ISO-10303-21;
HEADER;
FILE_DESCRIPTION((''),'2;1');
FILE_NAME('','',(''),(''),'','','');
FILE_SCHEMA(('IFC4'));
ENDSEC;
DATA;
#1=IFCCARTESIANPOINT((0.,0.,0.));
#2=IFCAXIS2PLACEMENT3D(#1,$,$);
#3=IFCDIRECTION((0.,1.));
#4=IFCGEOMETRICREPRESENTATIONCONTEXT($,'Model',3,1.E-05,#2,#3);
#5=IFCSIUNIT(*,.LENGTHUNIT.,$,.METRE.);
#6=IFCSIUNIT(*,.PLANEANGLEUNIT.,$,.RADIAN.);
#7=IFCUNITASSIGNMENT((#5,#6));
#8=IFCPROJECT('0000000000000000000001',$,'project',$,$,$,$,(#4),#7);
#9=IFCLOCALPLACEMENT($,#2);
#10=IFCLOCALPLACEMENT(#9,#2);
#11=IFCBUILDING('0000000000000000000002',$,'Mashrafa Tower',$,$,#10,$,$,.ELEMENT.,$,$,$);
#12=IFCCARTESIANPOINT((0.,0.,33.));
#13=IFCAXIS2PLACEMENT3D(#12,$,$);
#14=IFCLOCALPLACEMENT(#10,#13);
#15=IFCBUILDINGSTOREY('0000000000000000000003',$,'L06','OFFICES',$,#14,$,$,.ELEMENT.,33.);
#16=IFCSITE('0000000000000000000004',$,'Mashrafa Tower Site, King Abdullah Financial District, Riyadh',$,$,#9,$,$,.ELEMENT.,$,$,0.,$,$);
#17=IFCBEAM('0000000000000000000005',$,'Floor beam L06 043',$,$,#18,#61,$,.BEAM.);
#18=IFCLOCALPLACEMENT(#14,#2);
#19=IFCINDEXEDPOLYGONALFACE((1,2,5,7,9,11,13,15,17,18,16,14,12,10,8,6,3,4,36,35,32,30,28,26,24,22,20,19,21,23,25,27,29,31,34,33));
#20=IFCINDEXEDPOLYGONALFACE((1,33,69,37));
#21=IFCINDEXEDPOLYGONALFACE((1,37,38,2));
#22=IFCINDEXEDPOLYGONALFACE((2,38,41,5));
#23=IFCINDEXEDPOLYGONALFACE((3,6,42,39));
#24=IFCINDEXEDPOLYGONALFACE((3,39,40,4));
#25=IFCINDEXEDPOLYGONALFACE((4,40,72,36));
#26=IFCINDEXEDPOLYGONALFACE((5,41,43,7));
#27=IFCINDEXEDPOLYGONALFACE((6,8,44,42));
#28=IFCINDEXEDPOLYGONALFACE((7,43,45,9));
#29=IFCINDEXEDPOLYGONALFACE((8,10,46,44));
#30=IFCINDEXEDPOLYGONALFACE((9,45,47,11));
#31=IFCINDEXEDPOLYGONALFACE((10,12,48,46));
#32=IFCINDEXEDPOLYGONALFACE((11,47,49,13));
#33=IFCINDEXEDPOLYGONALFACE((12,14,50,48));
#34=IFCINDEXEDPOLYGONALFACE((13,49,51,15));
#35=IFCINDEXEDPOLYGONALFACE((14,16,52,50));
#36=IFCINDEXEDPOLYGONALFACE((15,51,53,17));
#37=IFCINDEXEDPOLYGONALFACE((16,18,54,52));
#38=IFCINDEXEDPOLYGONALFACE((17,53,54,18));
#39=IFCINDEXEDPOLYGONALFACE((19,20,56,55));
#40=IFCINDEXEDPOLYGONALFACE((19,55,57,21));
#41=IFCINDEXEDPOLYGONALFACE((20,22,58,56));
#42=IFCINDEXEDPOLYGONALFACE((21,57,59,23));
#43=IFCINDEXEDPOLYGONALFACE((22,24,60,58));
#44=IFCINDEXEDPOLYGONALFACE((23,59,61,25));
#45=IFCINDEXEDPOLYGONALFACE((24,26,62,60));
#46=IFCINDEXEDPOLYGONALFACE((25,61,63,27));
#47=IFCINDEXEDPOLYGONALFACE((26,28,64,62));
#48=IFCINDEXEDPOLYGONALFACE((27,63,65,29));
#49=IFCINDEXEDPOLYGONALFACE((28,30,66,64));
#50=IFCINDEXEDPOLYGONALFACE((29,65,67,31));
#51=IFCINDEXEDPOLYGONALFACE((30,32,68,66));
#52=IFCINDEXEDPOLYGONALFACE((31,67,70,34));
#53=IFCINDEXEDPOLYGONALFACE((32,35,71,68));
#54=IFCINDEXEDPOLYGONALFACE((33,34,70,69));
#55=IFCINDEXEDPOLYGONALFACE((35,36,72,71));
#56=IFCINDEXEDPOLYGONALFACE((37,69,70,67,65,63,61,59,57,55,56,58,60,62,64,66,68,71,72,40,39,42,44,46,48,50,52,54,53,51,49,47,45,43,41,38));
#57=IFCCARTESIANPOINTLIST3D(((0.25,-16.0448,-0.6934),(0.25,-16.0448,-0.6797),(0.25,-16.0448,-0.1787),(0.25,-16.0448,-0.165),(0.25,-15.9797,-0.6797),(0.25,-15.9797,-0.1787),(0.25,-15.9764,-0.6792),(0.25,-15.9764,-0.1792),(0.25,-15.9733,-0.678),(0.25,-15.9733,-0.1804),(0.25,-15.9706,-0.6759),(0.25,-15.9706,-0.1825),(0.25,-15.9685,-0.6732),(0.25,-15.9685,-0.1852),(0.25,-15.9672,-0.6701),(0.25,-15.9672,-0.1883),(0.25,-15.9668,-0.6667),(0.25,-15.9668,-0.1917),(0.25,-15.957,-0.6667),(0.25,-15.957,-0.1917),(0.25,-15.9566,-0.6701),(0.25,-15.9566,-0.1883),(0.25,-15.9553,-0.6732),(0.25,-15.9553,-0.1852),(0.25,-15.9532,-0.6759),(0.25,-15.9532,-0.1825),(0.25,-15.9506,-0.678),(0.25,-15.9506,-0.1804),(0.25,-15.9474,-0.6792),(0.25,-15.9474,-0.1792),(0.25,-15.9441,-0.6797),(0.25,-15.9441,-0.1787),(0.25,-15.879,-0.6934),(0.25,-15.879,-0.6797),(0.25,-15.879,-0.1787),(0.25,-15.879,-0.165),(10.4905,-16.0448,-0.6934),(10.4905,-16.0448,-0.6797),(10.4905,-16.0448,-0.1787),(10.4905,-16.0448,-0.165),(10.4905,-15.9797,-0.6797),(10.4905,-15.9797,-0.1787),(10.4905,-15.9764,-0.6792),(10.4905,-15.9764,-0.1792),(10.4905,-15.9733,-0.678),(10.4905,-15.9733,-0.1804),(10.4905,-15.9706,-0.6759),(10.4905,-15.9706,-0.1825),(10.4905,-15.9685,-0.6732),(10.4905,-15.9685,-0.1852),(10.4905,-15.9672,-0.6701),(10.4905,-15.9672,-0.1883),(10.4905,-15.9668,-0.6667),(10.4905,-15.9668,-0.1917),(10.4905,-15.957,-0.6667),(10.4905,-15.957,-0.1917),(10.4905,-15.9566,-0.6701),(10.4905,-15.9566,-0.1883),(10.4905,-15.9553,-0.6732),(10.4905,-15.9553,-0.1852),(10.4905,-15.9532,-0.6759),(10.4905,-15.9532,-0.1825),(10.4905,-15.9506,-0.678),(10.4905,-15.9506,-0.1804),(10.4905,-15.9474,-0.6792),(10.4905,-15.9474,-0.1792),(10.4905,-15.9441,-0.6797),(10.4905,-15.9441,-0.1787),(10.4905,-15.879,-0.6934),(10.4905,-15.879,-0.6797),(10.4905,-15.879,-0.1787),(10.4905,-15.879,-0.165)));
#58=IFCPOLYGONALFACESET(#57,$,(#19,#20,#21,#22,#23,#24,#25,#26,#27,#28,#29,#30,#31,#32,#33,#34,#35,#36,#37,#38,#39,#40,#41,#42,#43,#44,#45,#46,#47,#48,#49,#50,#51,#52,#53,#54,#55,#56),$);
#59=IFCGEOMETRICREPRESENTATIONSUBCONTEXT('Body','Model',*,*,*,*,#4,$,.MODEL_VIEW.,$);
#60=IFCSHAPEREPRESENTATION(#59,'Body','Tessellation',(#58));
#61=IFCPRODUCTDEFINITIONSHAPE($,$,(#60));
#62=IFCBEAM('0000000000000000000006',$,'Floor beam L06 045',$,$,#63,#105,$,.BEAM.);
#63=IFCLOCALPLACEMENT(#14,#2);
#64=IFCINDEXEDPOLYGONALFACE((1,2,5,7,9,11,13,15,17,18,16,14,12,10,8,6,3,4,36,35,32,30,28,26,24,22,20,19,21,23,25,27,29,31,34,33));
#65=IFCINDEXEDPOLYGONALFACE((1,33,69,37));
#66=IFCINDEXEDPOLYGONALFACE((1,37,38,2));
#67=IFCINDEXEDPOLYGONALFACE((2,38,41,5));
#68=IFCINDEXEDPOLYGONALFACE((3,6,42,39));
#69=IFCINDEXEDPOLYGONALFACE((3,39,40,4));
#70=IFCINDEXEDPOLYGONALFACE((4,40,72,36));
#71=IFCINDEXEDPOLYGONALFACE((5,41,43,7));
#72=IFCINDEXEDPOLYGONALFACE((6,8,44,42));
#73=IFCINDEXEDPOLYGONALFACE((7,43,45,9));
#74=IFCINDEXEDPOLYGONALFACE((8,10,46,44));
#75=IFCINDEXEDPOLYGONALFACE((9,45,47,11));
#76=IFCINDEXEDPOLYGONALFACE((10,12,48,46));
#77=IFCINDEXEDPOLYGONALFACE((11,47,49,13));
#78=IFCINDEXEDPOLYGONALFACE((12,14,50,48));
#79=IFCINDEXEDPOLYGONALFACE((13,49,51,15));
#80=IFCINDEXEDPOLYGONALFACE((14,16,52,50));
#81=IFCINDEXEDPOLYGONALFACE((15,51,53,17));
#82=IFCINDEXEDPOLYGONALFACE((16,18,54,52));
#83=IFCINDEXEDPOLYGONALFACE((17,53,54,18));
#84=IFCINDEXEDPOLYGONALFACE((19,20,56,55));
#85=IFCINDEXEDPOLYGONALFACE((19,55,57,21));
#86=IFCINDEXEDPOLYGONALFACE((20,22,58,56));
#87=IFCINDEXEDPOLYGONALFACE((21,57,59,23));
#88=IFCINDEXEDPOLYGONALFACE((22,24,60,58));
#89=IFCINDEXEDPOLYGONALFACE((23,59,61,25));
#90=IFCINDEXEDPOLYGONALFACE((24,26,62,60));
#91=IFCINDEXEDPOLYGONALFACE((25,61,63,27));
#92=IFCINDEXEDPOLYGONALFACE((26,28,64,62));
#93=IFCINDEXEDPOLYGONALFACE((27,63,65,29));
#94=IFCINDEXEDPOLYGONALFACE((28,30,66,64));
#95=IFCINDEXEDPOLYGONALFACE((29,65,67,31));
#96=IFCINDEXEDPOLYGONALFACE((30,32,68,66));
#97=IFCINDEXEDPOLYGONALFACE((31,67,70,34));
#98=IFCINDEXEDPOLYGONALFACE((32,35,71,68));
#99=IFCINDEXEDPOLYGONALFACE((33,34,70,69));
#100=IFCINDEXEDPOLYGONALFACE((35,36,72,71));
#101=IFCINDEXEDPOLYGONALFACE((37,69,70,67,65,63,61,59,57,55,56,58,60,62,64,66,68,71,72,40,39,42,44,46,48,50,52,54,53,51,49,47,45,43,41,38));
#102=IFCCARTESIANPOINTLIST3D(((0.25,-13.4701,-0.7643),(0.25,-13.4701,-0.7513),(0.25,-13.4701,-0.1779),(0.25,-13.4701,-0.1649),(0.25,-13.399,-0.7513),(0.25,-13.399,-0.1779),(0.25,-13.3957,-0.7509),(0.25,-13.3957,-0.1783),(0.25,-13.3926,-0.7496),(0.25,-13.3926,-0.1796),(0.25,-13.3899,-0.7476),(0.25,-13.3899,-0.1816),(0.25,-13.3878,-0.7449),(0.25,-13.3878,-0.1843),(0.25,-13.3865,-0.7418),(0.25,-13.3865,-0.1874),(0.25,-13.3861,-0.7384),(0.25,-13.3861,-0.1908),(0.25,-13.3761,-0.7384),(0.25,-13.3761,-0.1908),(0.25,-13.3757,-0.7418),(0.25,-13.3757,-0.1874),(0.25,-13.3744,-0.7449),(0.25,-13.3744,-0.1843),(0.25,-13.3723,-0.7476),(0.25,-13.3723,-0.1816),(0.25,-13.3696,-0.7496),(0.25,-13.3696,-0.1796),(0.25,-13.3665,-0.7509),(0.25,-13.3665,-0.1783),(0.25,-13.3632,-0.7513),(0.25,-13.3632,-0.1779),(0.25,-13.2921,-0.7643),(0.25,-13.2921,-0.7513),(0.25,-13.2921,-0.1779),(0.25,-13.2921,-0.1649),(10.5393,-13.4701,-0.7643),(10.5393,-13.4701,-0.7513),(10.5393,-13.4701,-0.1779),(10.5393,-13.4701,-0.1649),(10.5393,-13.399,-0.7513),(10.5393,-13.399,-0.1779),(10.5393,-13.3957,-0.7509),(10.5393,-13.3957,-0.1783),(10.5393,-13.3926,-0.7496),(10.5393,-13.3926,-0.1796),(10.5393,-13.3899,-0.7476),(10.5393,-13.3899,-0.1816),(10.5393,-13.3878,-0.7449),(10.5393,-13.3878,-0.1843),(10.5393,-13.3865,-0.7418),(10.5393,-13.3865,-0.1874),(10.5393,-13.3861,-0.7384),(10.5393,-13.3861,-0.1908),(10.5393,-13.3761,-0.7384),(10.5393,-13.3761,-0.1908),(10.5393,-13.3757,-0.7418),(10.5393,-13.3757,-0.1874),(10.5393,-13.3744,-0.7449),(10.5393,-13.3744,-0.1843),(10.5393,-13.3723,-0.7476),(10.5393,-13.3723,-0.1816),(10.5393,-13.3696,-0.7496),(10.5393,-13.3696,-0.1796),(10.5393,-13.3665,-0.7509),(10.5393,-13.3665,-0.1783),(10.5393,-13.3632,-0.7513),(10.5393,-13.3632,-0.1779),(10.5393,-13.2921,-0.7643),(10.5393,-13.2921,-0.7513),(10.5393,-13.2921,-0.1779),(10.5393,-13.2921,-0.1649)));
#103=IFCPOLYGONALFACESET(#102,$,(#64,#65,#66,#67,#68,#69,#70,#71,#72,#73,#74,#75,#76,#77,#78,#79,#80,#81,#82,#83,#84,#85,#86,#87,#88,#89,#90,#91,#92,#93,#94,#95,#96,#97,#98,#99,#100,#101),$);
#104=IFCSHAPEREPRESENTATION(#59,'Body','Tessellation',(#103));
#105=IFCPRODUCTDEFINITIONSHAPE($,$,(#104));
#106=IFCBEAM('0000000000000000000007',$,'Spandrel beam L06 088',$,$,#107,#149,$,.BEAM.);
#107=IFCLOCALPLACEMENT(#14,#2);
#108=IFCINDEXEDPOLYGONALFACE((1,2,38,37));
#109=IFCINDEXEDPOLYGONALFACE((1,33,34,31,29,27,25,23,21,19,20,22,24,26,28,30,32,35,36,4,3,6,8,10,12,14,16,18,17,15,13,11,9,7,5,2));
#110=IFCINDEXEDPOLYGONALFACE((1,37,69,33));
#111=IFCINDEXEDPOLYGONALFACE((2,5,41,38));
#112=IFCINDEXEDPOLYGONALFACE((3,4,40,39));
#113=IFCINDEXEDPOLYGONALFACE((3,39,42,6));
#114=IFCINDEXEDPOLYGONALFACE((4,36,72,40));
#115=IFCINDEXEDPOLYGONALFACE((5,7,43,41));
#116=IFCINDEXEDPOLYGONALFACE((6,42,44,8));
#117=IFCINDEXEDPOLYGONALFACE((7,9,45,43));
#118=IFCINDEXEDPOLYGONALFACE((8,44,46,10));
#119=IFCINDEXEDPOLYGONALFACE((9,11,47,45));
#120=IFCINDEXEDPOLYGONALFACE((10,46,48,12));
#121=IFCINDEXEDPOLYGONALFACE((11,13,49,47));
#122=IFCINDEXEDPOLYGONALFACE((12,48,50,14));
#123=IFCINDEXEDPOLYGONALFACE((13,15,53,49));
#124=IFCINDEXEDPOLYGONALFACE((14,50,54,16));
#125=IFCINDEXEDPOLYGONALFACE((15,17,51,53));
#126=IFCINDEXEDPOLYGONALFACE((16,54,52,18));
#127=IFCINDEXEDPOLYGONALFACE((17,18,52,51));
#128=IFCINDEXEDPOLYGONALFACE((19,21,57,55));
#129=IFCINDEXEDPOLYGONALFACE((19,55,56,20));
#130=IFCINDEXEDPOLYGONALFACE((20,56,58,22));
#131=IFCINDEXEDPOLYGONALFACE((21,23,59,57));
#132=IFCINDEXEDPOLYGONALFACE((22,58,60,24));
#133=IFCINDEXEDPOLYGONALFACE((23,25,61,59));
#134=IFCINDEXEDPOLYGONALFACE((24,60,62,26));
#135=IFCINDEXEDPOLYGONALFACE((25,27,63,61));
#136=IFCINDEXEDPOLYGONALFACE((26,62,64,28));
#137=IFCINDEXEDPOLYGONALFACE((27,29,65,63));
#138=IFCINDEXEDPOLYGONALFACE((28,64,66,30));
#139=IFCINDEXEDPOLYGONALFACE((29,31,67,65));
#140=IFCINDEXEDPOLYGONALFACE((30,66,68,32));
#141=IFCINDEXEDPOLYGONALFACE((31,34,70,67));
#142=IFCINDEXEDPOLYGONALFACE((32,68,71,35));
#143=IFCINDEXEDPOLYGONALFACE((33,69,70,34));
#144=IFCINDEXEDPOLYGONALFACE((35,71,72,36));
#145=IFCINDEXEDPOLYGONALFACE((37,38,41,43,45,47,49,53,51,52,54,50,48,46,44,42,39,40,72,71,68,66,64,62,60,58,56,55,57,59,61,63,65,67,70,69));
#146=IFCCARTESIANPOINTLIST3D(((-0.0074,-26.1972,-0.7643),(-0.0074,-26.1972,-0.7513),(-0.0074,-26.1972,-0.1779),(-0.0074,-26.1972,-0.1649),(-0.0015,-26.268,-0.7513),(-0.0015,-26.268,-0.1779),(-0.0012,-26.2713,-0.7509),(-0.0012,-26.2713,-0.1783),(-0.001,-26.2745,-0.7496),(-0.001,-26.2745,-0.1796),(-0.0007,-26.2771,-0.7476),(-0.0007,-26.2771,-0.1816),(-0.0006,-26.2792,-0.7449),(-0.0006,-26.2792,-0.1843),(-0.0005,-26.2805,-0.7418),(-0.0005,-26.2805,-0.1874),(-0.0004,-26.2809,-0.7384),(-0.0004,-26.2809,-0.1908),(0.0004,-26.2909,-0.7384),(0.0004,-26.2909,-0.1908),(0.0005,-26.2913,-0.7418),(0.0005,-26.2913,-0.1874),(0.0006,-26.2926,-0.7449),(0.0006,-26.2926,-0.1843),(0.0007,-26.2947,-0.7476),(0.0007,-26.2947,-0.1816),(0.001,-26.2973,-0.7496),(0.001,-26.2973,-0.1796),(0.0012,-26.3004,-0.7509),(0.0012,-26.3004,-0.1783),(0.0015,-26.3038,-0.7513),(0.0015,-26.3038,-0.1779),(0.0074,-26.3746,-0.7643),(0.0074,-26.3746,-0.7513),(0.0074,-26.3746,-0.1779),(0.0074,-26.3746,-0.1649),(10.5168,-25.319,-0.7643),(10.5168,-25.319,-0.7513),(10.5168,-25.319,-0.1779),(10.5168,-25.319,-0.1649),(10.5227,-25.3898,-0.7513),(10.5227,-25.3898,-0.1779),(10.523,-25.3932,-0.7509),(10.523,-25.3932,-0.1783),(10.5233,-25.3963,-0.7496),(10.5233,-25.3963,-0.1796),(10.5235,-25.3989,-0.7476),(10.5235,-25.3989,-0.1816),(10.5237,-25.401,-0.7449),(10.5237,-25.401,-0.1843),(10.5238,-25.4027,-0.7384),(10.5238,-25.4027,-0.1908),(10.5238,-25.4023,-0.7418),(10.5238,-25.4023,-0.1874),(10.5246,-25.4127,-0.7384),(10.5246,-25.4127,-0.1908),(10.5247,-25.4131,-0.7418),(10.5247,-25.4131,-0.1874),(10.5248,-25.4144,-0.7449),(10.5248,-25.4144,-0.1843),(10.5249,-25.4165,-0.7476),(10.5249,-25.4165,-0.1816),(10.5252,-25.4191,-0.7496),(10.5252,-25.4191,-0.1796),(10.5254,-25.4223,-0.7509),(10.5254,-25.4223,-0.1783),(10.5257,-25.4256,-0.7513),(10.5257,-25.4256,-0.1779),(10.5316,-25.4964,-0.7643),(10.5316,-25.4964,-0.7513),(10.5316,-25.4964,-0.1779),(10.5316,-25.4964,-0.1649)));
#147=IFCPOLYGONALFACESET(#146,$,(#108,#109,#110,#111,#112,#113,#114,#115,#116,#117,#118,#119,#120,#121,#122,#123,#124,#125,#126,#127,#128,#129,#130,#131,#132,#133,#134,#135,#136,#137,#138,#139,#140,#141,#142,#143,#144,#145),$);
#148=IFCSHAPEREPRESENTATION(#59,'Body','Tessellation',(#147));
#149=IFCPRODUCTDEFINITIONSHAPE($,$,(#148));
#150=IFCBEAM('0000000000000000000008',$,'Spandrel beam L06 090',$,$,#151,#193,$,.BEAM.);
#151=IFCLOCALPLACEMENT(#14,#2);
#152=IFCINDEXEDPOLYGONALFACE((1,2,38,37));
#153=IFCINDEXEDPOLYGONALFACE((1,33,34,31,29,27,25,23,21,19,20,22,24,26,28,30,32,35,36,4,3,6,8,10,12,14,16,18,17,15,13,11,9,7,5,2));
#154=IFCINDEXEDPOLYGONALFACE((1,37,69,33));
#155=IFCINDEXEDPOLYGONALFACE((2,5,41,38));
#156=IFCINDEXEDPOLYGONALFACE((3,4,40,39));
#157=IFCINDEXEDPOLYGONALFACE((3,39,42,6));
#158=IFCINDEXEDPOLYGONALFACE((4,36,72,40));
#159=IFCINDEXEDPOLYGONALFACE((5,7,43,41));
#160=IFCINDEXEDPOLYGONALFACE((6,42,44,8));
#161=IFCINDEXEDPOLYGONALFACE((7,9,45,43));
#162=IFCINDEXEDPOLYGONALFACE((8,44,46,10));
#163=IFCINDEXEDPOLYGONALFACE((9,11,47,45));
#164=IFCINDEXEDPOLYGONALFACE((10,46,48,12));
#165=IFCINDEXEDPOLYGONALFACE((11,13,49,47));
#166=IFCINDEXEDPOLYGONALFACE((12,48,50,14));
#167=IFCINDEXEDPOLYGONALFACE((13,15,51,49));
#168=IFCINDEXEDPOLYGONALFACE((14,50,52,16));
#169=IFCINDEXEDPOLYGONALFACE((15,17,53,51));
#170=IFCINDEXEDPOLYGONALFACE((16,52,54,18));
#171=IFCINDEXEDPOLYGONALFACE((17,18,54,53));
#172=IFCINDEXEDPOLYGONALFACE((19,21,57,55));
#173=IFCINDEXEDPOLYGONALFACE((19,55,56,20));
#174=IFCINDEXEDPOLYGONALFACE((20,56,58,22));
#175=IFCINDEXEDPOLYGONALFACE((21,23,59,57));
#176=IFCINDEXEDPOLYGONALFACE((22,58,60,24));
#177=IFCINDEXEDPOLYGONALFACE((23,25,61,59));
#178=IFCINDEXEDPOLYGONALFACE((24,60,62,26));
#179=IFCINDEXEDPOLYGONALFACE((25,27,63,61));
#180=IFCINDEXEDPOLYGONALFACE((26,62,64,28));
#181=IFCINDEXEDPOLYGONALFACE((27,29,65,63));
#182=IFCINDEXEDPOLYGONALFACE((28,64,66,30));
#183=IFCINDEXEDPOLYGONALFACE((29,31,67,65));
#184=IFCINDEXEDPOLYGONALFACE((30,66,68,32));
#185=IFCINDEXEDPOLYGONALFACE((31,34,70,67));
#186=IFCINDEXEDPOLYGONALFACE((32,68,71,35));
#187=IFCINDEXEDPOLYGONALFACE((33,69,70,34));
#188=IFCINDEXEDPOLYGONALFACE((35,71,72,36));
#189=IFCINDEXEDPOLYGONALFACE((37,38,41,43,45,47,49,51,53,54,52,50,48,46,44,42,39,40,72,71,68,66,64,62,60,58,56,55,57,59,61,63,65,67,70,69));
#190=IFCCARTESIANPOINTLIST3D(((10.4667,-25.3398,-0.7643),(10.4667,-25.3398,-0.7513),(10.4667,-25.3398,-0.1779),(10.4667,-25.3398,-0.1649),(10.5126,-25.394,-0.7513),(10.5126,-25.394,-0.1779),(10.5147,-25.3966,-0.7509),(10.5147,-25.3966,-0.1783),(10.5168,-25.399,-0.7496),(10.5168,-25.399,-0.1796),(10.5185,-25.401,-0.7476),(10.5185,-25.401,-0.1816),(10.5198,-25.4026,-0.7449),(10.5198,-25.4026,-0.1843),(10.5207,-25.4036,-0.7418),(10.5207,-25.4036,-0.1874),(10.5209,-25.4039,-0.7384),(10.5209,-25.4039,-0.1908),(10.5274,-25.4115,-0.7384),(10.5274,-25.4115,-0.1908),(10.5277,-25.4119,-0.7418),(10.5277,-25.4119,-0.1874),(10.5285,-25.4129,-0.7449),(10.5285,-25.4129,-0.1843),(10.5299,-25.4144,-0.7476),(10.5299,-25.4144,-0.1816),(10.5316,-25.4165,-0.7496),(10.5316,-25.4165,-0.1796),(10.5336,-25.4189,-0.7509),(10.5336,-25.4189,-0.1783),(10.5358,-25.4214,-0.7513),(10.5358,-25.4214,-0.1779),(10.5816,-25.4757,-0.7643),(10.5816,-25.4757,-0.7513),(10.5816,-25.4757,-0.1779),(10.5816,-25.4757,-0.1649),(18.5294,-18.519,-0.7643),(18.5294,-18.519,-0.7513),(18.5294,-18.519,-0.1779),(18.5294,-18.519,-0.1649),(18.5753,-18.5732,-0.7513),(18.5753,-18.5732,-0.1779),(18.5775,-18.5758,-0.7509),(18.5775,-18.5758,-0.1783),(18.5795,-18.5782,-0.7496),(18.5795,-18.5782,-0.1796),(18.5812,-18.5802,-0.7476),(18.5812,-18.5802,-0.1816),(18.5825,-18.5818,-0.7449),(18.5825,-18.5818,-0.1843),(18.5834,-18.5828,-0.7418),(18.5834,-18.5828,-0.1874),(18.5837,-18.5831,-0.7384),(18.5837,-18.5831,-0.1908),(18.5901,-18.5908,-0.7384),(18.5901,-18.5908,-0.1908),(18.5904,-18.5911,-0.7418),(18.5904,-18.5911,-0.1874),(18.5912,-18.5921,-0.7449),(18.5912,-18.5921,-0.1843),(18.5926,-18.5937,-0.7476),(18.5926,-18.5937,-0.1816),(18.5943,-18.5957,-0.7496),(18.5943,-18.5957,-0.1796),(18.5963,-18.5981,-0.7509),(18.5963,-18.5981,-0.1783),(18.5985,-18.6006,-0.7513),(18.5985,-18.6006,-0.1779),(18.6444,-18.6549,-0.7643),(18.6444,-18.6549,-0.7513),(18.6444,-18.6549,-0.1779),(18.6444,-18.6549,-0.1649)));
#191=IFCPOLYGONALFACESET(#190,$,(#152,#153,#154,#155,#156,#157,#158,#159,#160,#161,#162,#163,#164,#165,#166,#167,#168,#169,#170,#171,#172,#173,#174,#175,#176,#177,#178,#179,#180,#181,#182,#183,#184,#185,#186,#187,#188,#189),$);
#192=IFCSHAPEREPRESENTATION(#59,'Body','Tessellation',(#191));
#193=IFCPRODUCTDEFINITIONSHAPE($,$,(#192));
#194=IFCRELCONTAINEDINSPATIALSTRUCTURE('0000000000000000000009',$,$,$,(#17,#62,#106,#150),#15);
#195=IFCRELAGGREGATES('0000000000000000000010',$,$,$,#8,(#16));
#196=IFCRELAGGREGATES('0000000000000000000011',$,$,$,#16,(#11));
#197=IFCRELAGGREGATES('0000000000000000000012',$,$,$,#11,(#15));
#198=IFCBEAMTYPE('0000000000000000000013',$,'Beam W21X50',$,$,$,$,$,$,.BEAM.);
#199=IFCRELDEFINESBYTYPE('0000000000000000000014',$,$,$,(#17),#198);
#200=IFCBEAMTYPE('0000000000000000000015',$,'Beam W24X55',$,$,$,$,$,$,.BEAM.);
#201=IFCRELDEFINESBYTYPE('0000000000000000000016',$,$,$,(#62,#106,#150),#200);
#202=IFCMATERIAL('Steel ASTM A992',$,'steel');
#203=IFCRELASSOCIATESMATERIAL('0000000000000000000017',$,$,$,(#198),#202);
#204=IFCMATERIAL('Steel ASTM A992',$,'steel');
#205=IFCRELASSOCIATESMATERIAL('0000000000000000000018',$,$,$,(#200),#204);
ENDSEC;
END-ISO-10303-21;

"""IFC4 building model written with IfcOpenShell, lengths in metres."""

from ifc_helpers import new_model, si_unit, direction, frame, origin, origin_2d, place, context, subcontext, project, spatial, i_section, extrude, material, material_profile, profile_set, type_object, element, save


model = new_model("IFC4")

# Units and contexts
model_context = context("Model", 3, precision=1e-05, world=origin(), true_north=direction((0.0, 1.0)))
body_context = subcontext(model_context, "Body", "Model", "MODEL_VIEW")
ifc_project = project(units=[si_unit("LENGTHUNIT", "METRE"), si_unit("PLANEANGLEUNIT", "RADIAN")], contexts=[model_context])

# Site, building, storey
site_placement = place(None, origin())
site = spatial("IfcSite", under=ifc_project, at=site_placement, Name="Mashrafa Tower Site, King Abdullah Financial District, Riyadh", CompositionType="ELEMENT", RefElevation=0.0)
building_placement = place(site_placement, origin())
building = spatial("IfcBuilding", under=site, at=building_placement, Name="Mashrafa Tower", CompositionType="ELEMENT")
storey_placement = place(building_placement, frame((0.0, 0.0, 33.0)))
storey = spatial("IfcBuildingStorey", under=building, at=storey_placement, Name="L06", Description="OFFICES", CompositionType="ELEMENT", Elevation=33.0)

# Beams
ifc_material_1 = material(Name="Steel ASTM A992", Category="steel")
ifc_material_profile_1 = material_profile(ifc_material_1, i_section(OverallWidth=0.1658, OverallDepth=0.5283, WebThickness=0.0098, FlangeThickness=0.0137, FilletRadius=0.0129, at=origin_2d()), Name="W21X50")
ifc_profile_set_1 = profile_set([ifc_material_profile_1], Name="Steel ASTM A992")
beam_type_1 = type_object("IfcBeamType", Name="Beam W21X50", PredefinedType="BEAM", material=ifc_profile_set_1)
beam_1_placement = place(storey_placement, frame((10.4905, -15.9619, -0.4292), z_axis=(-1.0, 0.0, 0.0), x_axis=(0.0, -1.0, 0.0)))
element("IfcBeam", 1, at=beam_1_placement, inside=storey, type_object=beam_type_1, Name="Floor beam L06 043", PredefinedType="BEAM", context=body_context, shape_type="SweptSolid", body=[
    extrude(i_section(OverallWidth=0.1658, OverallDepth=0.5283, WebThickness=0.0098, FlangeThickness=0.0137, FilletRadius=0.0129, at=origin_2d()), origin(), (0.0, 0.0, 1.0), 10.2405),
])
ifc_material_2 = material(Name="Steel ASTM A992", Category="steel")
ifc_material_profile_2 = material_profile(ifc_material_2, i_section(OverallWidth=0.178, OverallDepth=0.5994, WebThickness=0.01, FlangeThickness=0.0129, FilletRadius=0.0129, at=origin_2d()), Name="W24X55")
ifc_profile_set_2 = profile_set([ifc_material_profile_2], Name="Steel ASTM A992")
beam_type_2 = type_object("IfcBeamType", Name="Beam W24X55", PredefinedType="BEAM", material=ifc_profile_set_2)
beam_2_placement = place(storey_placement, frame((10.5393, -13.3811, -0.4646), z_axis=(-1.0, 0.0, 0.0), x_axis=(0.0, -1.0, 0.0)))
element("IfcBeam", 2, at=beam_2_placement, inside=storey, type_object=beam_type_2, Name="Floor beam L06 045", PredefinedType="BEAM", context=body_context, shape_type="SweptSolid", body=[
    extrude(i_section(OverallWidth=0.178, OverallDepth=0.5994, WebThickness=0.01, FlangeThickness=0.0129, FilletRadius=0.0129, at=origin_2d()), origin(), (0.0, 0.0, 1.0), 10.2893),
])
for number, where, z_axis, x_axis, name in (
    (3, (0.0, -26.2859, -0.4646), (0.996537, 0.083155, 0.0), (-0.083155, 0.996537, 0.0), "Spandrel beam L06 088"),
    (4, (10.5242, -25.4077, -0.4646), (0.763457, 0.645858, 0.0), (-0.645858, 0.763457, 0.0), "Spandrel beam L06 090"),
):
    element("IfcBeam", number, at=place(storey_placement, frame(where, z_axis=z_axis, x_axis=x_axis)), inside=storey, type_object=beam_type_2, Name=name, PredefinedType="BEAM", context=body_context, shape_type="SweptSolid", body=[
        extrude(i_section(OverallWidth=0.178, OverallDepth=0.5994, WebThickness=0.01, FlangeThickness=0.0129, FilletRadius=0.0129, at=origin_2d()), origin(), (0.0, 0.0, 1.0), 10.5608),
    ])

save(model, "model.ifc")
